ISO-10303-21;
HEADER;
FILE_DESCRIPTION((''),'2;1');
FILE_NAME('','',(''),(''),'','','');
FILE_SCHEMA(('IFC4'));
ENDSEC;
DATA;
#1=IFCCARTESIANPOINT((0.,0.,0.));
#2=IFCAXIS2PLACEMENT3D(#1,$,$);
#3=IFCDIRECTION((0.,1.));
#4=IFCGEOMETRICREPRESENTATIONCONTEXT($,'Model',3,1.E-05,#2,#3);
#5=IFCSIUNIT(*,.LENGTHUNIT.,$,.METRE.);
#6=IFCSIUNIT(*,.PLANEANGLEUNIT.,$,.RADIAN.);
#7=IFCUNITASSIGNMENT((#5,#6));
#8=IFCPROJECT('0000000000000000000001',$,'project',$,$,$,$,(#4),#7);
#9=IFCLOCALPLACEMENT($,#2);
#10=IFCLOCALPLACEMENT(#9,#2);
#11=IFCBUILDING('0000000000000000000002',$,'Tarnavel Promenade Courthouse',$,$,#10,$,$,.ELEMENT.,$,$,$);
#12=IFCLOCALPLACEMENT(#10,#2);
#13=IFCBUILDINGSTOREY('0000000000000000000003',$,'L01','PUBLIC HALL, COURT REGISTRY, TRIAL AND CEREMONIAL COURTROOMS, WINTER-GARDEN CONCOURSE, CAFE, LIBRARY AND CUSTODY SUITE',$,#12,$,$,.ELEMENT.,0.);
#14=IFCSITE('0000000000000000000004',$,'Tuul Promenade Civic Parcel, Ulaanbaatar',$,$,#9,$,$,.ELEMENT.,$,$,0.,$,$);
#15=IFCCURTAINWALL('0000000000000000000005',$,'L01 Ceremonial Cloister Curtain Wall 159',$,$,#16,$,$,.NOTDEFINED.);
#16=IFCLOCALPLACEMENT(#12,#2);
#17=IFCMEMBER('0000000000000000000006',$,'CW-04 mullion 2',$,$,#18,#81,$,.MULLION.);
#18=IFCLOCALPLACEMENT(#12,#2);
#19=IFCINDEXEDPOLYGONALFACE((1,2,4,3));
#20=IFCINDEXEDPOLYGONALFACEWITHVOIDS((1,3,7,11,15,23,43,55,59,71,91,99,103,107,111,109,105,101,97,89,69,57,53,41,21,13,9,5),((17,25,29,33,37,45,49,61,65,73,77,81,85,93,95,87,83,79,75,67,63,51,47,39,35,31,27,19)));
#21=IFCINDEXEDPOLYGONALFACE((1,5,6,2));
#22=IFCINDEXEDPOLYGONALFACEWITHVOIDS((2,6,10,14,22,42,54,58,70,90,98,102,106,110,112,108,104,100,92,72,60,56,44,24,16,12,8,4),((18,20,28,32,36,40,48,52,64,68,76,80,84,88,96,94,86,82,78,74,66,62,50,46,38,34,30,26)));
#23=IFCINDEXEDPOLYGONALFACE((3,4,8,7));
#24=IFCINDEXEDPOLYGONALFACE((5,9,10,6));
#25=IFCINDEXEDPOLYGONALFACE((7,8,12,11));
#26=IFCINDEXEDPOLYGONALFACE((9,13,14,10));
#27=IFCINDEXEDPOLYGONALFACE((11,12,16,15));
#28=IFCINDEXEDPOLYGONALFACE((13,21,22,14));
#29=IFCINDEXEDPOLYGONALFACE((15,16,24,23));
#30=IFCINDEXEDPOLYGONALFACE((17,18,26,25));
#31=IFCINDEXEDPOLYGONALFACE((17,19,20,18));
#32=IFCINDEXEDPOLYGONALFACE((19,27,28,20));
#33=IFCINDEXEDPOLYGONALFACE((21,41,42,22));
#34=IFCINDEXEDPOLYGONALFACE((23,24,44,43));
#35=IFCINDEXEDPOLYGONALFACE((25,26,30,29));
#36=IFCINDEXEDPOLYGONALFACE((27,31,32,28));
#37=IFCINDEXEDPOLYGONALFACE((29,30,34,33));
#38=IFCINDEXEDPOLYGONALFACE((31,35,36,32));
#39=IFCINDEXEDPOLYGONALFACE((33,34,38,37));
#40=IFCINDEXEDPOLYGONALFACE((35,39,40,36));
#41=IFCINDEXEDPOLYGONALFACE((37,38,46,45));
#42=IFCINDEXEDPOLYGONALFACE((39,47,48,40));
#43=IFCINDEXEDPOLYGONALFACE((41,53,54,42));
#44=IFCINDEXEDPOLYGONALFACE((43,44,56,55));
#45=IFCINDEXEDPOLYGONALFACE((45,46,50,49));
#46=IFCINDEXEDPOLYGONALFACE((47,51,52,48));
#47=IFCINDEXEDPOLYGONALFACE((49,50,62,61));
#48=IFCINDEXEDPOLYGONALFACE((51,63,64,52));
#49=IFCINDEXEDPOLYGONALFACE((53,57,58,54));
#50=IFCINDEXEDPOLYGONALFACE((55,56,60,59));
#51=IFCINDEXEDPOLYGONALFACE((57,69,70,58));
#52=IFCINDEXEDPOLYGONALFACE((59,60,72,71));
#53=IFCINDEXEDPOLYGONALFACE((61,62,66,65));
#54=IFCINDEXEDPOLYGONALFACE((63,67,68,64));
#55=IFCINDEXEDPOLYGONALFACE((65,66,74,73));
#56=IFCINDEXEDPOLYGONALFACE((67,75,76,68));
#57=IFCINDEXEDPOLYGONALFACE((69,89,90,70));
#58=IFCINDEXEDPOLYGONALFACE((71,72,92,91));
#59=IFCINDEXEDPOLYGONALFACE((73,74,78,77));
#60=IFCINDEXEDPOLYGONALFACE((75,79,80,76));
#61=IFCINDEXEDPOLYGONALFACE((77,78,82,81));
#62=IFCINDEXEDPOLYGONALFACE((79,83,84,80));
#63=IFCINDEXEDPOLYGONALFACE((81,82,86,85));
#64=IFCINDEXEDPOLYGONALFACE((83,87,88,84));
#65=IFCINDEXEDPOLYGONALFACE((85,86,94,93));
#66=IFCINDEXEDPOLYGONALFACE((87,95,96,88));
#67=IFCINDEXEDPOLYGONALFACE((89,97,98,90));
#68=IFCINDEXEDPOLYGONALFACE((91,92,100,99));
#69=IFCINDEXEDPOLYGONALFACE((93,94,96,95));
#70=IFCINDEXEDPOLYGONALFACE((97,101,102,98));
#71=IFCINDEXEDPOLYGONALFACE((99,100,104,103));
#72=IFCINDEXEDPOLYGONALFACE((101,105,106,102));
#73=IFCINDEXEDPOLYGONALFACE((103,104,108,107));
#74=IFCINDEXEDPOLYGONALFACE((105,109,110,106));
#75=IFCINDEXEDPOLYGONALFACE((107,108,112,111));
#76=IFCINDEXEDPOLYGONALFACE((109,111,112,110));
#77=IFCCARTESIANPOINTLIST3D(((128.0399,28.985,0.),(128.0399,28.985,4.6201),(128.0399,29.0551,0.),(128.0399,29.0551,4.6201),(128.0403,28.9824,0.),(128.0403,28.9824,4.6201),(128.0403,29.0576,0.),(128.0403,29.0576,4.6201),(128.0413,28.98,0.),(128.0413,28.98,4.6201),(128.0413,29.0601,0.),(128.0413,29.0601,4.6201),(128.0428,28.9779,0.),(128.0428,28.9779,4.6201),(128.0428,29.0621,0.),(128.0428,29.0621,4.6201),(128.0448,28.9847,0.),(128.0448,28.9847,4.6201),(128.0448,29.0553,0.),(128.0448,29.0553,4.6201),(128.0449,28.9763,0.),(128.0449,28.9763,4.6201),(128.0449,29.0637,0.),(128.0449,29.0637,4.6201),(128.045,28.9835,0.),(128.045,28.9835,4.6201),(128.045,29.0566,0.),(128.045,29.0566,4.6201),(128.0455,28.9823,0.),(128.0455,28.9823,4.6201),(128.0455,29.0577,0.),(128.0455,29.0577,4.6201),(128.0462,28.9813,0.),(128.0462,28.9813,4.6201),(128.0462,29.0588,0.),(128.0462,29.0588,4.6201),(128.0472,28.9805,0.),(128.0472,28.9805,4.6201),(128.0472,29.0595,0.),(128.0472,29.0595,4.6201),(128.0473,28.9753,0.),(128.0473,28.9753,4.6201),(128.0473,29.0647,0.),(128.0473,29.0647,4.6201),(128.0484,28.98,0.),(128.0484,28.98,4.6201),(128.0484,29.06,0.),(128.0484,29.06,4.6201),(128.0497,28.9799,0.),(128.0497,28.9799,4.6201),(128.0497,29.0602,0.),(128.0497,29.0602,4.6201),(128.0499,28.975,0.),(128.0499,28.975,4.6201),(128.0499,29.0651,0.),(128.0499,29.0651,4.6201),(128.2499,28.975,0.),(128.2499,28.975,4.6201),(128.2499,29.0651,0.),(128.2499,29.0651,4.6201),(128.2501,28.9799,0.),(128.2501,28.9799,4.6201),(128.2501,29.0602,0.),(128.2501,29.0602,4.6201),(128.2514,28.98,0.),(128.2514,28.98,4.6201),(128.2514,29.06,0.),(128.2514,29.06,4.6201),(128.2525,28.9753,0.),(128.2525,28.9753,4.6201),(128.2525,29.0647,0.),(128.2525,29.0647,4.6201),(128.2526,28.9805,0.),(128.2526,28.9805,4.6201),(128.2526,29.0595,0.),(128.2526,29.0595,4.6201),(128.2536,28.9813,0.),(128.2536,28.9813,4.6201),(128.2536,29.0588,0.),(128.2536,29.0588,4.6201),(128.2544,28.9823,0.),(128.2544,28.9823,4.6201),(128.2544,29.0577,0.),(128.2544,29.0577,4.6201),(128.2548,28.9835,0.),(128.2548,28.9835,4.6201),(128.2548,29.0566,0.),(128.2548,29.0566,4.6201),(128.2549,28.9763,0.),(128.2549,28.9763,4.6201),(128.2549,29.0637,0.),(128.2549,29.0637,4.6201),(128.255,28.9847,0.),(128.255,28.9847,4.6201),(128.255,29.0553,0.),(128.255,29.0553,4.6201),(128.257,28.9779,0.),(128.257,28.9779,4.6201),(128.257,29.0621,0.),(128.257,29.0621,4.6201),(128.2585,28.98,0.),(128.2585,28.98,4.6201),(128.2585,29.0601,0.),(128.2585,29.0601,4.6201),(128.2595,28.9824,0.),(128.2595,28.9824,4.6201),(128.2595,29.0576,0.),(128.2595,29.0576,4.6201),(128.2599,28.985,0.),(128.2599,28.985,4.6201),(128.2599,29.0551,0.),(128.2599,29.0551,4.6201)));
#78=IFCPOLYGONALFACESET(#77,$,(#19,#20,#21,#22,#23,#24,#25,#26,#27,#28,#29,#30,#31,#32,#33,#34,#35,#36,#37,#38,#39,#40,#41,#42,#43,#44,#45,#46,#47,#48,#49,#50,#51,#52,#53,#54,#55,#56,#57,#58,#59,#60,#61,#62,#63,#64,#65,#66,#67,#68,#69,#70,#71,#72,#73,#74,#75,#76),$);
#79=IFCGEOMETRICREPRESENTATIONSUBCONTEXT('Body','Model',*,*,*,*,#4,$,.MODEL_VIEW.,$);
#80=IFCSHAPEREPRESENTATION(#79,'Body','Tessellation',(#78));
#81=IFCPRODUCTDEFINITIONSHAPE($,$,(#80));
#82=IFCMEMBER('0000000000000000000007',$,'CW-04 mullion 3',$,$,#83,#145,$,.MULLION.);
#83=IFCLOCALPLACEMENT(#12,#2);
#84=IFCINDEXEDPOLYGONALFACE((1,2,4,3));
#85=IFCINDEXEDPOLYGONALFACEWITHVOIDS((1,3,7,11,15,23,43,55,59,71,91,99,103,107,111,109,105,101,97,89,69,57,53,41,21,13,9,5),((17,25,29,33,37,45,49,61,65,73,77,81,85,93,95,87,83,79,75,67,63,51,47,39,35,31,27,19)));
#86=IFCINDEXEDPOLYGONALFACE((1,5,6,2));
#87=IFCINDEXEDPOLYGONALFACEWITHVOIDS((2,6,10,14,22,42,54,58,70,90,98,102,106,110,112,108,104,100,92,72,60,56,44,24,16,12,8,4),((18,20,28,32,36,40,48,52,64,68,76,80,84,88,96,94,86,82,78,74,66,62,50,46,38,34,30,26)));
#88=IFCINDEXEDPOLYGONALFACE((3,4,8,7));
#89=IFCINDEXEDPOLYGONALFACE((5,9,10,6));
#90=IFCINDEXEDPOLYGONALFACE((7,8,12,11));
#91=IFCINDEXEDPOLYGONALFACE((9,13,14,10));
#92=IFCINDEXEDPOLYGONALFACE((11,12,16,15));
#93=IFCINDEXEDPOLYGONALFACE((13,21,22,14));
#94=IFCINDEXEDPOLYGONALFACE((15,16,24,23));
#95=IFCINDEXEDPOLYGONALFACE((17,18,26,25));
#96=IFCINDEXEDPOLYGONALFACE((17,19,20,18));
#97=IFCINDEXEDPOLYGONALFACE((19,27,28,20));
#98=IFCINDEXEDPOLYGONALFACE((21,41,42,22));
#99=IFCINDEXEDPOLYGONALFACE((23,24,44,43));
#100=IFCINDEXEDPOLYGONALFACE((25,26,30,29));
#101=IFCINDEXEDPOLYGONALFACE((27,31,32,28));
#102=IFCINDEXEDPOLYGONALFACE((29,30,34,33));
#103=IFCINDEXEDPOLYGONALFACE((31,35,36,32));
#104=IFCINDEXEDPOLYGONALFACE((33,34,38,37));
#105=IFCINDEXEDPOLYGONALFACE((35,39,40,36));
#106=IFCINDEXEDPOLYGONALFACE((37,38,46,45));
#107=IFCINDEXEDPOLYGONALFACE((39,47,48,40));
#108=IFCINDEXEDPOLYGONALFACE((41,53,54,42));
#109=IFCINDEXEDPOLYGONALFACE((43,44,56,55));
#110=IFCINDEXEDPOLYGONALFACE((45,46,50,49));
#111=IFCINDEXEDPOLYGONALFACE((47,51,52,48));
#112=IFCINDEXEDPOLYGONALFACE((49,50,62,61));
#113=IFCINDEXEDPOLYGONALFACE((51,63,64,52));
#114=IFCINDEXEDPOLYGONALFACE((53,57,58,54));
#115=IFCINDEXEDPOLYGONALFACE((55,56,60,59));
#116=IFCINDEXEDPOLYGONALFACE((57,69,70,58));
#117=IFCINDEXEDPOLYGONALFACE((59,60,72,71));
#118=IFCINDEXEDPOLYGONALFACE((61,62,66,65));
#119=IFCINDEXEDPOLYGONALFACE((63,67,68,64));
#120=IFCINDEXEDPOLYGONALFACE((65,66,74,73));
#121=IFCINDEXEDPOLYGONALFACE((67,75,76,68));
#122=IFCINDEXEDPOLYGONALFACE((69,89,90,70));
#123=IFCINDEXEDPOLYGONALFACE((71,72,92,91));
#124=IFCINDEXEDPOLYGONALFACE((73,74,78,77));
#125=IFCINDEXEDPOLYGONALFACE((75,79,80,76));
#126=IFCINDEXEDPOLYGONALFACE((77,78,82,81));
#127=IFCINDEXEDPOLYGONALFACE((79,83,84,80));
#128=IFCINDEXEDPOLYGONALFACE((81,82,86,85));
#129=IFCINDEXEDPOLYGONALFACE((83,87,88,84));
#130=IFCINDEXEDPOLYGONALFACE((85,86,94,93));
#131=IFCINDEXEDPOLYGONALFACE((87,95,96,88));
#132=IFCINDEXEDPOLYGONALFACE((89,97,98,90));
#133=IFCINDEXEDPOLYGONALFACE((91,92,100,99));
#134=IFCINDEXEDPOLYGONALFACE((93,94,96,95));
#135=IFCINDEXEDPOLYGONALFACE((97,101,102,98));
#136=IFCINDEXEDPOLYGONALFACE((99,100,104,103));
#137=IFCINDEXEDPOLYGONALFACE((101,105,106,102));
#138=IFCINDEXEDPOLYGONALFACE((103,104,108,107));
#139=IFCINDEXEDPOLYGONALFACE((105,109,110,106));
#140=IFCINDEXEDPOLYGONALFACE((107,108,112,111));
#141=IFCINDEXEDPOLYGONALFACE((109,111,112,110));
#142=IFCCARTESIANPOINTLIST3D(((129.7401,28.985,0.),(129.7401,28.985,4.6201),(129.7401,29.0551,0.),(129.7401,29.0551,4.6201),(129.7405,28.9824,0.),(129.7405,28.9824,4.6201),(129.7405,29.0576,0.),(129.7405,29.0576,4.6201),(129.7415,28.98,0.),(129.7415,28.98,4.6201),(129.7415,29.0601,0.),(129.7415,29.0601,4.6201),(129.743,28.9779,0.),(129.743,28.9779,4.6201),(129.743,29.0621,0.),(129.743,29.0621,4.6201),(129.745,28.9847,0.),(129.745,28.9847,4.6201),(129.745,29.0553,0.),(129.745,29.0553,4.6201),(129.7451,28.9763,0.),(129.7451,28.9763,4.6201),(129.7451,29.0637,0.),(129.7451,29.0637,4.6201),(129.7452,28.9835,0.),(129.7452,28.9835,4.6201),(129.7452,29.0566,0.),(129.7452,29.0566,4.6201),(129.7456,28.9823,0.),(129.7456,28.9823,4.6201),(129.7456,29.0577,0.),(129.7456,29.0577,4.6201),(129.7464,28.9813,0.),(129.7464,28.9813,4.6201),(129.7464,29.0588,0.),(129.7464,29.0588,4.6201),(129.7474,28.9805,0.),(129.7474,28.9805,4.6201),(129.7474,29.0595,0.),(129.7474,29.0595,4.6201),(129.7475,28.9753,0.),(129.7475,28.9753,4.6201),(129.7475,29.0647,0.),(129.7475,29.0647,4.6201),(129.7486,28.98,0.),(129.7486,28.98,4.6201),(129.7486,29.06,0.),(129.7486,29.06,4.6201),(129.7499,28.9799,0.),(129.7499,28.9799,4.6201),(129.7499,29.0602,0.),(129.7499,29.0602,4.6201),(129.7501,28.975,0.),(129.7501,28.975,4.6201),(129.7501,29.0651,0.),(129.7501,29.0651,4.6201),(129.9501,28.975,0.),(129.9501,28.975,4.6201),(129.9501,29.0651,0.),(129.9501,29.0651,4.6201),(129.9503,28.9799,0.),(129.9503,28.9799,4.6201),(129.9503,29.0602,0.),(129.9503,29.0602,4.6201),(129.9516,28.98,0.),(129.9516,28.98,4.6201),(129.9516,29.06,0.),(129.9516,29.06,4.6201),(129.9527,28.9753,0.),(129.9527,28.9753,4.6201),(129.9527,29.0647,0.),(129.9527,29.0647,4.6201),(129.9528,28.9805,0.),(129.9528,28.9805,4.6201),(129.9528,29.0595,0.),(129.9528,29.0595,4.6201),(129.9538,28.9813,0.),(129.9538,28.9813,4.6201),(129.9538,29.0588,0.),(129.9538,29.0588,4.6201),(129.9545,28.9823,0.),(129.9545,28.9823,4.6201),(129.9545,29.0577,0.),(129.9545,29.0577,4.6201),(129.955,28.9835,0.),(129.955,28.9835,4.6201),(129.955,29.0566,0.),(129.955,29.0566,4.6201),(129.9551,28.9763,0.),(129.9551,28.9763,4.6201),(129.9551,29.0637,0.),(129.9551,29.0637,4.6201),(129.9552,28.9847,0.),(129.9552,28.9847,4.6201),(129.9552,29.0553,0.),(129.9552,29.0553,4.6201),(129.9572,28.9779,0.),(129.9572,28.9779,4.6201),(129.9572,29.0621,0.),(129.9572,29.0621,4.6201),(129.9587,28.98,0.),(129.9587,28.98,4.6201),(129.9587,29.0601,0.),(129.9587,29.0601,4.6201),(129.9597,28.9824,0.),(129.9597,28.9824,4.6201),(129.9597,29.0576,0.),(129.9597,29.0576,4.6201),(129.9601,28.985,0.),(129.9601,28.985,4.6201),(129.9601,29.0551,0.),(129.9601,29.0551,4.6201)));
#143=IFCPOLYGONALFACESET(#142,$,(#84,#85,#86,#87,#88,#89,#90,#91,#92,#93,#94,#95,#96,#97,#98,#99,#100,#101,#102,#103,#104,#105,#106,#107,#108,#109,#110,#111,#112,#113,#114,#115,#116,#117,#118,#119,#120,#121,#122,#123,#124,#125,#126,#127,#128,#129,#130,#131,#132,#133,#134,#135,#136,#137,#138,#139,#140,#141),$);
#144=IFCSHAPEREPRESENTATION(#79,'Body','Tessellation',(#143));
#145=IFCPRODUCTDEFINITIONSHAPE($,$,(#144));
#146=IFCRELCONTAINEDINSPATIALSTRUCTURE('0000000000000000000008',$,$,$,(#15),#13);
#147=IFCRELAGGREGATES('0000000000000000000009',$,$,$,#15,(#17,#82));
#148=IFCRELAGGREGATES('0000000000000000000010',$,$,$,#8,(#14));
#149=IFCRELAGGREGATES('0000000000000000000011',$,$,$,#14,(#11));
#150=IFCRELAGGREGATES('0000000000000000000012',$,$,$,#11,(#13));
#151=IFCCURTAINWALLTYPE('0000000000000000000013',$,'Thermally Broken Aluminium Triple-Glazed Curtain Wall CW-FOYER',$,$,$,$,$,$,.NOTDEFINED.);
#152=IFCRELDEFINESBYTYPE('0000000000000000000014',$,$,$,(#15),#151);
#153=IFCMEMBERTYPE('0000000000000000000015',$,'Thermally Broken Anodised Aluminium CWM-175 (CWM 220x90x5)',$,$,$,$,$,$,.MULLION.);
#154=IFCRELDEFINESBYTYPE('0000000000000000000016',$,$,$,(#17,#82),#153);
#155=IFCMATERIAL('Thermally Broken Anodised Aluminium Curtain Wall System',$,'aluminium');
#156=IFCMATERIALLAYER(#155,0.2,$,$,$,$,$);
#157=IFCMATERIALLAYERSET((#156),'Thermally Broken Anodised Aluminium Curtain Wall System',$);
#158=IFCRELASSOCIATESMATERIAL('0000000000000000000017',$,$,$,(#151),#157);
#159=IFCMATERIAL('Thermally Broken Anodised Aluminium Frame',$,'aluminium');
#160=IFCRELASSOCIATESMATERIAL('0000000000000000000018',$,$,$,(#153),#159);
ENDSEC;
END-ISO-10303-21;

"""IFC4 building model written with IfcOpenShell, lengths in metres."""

from ifc_helpers import new_model, si_unit, direction, frame, origin, origin_2d, place, context, subcontext, project, spatial, hollow_rectangle, extrude, material, layer, layer_set, material_profile, profile_set, type_object, element, aggregate, save


model = new_model("IFC4")

# Units and contexts
model_context = context("Model", 3, precision=1e-05, world=origin(), true_north=direction((0.0, 1.0)))
body_context = subcontext(model_context, "Body", "Model", "MODEL_VIEW")
ifc_project = project(units=[si_unit("LENGTHUNIT", "METRE"), si_unit("PLANEANGLEUNIT", "RADIAN")], contexts=[model_context])

# Site, building, storey
site_placement = place(None, origin())
site = spatial("IfcSite", under=ifc_project, at=site_placement, Name="Tuul Promenade Civic Parcel, Ulaanbaatar", CompositionType="ELEMENT", RefElevation=0.0)
building_placement = place(site_placement, origin())
building = spatial("IfcBuilding", under=site, at=building_placement, Name="Tarnavel Promenade Courthouse", CompositionType="ELEMENT")
storey_placement = place(building_placement, origin())
storey = spatial("IfcBuildingStorey", under=building, at=storey_placement, Name="L01", Description="PUBLIC HALL, COURT REGISTRY, TRIAL AND CEREMONIAL COURTROOMS, WINTER-GARDEN CONCOURSE, CAFE, LIBRARY AND CUSTODY SUITE", CompositionType="ELEMENT", Elevation=0.0)

# Shared definitions
ifc_material_1 = material(Name="Thermally Broken Anodised Aluminium Curtain Wall System", Category="aluminium")
ifc_layer_1 = layer(ifc_material_1, 0.2)
ifc_layer_set_1 = layer_set([ifc_layer_1], Name="Thermally Broken Anodised Aluminium Curtain Wall System")
curtain_wall_type = type_object("IfcCurtainWallType", Name="Thermally Broken Aluminium Triple-Glazed Curtain Wall CW-FOYER", PredefinedType="NOTDEFINED", material=ifc_layer_set_1)
ifc_material_2 = material(Name="Thermally Broken Anodised Aluminium Frame", Category="aluminium")
ifc_material_profile_1 = material_profile(ifc_material_2, hollow_rectangle(XDim=0.0901, YDim=0.22, WallThickness=0.0049, InnerFilletRadius=0.0049, OuterFilletRadius=0.01, at=origin_2d()), Name="CWM 220x90x5")
ifc_profile_set_1 = profile_set([ifc_material_profile_1], Name="Thermally Broken Anodised Aluminium Frame")
member_type_1 = type_object("IfcMemberType", Name="Thermally Broken Anodised Aluminium CWM-175 (CWM 220x90x5)", PredefinedType="MULLION", material=ifc_profile_set_1)

# Curtain wall, members
curtain_wall_1_placement = place(storey_placement, origin())
curtain_wall_1 = element("IfcCurtainWall", 1, at=curtain_wall_1_placement, inside=storey, type_object=curtain_wall_type, Name="L01 Ceremonial Cloister Curtain Wall 159", PredefinedType="NOTDEFINED")
member_1_placement = place(storey_placement, frame((128.1499, 29.02, 0.0), z_axis=(0.0, 0.0, 1.0), x_axis=(0.0, 1.0, 0.0)))
member_1 = element("IfcMember", 2, at=member_1_placement, type_object=member_type_1, Name="CW-04 mullion 2", PredefinedType="MULLION", context=body_context, shape_type="SweptSolid", body=[
    extrude(hollow_rectangle(XDim=0.0901, YDim=0.22, WallThickness=0.0049, InnerFilletRadius=0.0049, OuterFilletRadius=0.01, at=origin_2d()), origin(), (0.0, 0.0, 1.0), 4.6201),
])
member_2_placement = place(storey_placement, frame((129.8501, 29.02, 0.0), z_axis=(0.0, 0.0, 1.0), x_axis=(0.0, 1.0, 0.0)))
member_2 = element("IfcMember", 3, at=member_2_placement, type_object=member_type_1, Name="CW-04 mullion 3", PredefinedType="MULLION", context=body_context, shape_type="SweptSolid", body=[
    extrude(hollow_rectangle(XDim=0.0901, YDim=0.22, WallThickness=0.0049, InnerFilletRadius=0.0049, OuterFilletRadius=0.01, at=origin_2d()), origin(), (0.0, 0.0, 1.0), 4.6201),
])

aggregate(curtain_wall_1, [member_1, member_2])

save(model, "model.ifc")
